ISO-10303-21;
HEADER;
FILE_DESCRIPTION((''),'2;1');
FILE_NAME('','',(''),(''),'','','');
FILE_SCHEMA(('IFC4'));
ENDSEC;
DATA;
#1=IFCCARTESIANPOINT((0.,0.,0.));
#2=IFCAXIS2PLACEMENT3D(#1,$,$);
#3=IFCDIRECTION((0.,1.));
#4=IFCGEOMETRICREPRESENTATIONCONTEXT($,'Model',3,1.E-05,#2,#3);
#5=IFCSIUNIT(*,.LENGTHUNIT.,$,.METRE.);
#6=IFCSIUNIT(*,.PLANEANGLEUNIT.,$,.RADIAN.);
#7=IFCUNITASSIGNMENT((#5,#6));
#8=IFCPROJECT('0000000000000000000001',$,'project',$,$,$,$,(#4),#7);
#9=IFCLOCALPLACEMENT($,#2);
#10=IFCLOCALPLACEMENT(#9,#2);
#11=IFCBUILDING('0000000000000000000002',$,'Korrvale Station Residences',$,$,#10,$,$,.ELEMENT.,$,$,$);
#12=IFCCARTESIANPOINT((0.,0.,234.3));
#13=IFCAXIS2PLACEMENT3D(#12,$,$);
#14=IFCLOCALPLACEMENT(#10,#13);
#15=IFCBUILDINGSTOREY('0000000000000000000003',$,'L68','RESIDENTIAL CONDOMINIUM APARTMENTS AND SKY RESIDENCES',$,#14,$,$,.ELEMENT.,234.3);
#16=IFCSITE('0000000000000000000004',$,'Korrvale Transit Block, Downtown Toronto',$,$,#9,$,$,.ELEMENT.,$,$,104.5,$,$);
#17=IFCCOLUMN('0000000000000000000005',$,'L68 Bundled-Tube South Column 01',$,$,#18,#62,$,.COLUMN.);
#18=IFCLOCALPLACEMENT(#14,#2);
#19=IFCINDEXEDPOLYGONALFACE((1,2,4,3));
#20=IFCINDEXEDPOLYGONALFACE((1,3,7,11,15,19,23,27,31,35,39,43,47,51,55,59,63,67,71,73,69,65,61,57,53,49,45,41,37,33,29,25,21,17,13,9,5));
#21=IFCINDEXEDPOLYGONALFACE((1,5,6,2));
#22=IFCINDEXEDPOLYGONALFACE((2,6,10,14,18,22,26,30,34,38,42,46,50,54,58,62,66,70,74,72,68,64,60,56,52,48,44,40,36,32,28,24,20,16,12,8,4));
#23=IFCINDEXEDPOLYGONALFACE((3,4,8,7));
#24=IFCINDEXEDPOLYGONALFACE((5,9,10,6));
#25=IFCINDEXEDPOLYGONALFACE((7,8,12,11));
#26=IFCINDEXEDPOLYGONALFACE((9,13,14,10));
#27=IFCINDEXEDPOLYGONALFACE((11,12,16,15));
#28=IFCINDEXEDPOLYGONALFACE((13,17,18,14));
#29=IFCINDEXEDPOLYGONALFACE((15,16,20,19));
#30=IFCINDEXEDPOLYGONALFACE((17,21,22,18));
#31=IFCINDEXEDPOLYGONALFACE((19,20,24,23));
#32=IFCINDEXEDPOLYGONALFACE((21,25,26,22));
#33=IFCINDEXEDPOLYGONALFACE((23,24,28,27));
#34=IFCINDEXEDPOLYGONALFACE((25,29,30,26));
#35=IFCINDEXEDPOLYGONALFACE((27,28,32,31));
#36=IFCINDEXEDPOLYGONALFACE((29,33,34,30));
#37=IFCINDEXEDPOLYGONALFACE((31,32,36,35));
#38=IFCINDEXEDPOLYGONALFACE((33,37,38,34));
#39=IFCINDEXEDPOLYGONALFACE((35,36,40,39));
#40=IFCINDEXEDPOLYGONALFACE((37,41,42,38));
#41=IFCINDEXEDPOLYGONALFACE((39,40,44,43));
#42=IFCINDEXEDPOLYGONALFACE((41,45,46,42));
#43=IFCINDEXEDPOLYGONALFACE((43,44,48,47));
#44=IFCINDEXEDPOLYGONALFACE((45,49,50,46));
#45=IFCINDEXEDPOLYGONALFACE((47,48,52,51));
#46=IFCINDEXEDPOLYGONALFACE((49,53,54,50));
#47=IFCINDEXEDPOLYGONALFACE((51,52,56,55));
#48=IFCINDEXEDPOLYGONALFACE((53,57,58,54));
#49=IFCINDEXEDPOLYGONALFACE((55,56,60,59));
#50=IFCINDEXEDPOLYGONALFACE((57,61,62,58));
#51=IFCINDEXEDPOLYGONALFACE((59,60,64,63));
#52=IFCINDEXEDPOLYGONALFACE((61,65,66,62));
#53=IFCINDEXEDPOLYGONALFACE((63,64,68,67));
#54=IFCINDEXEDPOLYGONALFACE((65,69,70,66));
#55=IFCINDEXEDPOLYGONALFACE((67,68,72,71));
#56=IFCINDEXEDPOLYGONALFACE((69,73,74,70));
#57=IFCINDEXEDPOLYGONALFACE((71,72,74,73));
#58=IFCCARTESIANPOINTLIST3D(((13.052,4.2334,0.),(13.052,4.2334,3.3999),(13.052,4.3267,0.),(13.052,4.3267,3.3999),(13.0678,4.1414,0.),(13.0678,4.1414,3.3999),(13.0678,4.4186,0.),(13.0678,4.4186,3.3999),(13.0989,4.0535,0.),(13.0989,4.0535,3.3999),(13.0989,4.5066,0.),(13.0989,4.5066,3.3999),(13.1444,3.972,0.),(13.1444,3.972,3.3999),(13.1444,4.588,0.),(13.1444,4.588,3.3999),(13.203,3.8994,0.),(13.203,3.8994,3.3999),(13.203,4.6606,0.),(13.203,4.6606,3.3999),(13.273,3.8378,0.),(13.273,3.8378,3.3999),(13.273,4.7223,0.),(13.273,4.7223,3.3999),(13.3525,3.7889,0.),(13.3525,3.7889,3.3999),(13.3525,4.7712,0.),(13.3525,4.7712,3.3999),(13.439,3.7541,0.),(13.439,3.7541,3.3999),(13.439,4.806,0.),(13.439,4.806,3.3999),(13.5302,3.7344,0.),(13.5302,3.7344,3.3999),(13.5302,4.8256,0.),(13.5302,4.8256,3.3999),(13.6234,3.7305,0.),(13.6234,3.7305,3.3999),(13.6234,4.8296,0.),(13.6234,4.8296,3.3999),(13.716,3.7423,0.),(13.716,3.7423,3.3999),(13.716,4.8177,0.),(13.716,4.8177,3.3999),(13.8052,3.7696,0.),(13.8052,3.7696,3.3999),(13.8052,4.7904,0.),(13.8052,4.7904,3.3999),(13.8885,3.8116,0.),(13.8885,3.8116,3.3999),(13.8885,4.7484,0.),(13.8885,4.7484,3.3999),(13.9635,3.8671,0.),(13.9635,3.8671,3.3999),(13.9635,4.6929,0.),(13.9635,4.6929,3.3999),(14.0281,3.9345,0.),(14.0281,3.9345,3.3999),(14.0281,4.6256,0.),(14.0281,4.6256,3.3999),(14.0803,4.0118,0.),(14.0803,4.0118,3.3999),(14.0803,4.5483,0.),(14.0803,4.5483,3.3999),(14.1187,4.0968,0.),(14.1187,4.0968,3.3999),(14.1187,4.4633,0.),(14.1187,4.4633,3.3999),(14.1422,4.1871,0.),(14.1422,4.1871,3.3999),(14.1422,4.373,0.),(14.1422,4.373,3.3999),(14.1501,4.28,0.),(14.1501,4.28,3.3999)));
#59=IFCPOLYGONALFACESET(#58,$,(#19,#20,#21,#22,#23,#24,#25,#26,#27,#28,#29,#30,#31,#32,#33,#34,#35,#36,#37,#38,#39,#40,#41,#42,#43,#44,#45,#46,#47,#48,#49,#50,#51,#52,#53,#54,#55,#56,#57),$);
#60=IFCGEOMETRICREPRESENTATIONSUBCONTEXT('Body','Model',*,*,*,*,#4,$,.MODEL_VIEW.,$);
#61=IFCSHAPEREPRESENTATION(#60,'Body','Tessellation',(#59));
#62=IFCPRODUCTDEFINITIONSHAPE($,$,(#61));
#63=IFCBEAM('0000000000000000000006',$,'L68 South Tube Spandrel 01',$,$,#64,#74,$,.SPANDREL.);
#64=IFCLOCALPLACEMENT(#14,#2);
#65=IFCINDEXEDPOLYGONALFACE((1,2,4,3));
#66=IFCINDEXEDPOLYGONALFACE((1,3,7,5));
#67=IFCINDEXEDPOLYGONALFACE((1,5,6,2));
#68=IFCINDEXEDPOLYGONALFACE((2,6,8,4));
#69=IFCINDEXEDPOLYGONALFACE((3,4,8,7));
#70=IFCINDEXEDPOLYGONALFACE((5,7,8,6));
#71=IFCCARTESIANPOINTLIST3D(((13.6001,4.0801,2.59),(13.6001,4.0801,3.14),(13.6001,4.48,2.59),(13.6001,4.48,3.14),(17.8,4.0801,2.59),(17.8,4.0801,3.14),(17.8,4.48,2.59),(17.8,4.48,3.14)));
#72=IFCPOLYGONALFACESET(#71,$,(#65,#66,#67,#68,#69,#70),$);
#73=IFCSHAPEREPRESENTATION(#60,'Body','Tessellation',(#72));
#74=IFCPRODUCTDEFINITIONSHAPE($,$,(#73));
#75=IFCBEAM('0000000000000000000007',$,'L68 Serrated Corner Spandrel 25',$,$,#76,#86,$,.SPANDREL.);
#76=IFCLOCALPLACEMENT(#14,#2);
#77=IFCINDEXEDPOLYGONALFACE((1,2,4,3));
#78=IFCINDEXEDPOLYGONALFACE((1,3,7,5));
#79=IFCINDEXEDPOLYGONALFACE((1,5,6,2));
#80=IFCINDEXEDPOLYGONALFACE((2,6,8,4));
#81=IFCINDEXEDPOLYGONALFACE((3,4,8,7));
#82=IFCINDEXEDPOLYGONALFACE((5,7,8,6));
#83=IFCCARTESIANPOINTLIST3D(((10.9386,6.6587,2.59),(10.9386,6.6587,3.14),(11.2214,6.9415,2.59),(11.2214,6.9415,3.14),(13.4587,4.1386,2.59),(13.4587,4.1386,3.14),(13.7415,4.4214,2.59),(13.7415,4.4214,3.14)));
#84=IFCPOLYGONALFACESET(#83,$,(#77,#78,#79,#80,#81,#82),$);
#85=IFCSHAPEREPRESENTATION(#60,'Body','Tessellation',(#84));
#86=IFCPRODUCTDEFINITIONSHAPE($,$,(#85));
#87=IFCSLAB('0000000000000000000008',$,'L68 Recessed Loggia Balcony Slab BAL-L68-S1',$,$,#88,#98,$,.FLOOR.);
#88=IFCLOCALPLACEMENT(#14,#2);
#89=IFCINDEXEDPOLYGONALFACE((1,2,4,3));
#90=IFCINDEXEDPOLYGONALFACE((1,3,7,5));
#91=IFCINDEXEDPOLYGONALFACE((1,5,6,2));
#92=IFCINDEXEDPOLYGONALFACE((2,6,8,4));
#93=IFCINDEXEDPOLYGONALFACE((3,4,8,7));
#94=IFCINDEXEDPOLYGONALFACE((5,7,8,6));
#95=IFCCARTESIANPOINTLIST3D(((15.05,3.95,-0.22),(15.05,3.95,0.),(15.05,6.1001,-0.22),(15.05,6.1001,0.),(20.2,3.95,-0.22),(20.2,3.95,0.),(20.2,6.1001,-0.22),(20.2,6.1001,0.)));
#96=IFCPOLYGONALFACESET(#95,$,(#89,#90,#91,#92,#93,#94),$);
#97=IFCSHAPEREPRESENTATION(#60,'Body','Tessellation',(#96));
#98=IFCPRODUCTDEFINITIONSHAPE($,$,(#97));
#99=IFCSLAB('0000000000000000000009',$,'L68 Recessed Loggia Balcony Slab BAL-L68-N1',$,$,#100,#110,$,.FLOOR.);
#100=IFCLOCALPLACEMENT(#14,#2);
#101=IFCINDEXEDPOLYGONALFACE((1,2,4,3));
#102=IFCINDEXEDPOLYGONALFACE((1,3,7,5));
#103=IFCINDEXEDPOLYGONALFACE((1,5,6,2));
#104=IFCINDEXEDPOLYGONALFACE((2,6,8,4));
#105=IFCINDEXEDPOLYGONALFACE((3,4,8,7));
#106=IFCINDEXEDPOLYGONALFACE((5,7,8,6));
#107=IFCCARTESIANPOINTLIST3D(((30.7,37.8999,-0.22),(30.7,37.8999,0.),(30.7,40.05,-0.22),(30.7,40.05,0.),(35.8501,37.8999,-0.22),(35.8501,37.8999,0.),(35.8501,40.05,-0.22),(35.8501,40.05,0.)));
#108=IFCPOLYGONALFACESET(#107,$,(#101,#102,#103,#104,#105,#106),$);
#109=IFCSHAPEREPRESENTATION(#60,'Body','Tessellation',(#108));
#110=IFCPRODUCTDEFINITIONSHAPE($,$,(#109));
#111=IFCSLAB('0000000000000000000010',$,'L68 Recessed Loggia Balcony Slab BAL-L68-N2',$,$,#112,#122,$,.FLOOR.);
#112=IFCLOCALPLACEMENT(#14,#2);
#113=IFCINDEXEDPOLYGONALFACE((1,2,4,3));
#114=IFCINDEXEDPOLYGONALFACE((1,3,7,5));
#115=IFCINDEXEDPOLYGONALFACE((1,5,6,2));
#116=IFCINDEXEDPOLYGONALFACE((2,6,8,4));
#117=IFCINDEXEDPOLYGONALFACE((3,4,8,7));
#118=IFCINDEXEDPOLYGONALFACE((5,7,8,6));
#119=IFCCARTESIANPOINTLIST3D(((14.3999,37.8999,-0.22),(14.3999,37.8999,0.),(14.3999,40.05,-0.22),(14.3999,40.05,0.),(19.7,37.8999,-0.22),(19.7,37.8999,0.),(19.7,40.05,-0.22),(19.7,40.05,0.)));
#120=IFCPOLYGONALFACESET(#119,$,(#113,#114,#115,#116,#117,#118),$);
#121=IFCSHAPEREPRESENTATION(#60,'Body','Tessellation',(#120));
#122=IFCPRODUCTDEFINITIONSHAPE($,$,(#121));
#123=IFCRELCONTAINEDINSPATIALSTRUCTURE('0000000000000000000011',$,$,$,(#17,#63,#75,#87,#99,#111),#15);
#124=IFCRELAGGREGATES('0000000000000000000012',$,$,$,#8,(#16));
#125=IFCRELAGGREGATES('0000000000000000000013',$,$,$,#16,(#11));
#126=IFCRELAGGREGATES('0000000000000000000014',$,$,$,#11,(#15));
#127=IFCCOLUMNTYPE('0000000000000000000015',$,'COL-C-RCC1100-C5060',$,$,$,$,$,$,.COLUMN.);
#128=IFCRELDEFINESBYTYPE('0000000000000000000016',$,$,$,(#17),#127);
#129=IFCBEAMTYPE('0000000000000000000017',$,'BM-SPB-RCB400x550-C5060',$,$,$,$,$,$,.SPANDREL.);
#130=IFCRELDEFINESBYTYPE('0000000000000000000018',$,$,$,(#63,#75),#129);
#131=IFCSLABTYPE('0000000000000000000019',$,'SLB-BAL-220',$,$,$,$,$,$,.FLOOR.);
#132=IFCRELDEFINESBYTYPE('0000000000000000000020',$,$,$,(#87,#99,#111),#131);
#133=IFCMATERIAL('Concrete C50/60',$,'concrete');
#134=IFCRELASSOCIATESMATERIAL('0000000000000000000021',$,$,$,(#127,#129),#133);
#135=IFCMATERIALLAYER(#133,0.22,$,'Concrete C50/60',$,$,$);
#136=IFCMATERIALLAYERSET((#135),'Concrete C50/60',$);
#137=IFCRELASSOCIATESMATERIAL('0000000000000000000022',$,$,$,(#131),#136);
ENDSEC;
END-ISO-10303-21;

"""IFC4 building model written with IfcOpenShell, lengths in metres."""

from ifc_helpers import new_model, si_unit, direction, frame, origin, origin_2d, place, context, subcontext, project, spatial, polyline, rectangle, circle, outline, extrude, material, layer, layer_set, material_profile, profile_set, type_object, element, save


model = new_model("IFC4")

# Units and contexts
model_context = context("Model", 3, precision=1e-05, world=origin(), true_north=direction((0.0, 1.0)))
body_context = subcontext(model_context, "Body", "Model", "MODEL_VIEW")
ifc_project = project(units=[si_unit("LENGTHUNIT", "METRE"), si_unit("PLANEANGLEUNIT", "RADIAN")], contexts=[model_context])

# Site, building, storey
site_placement = place(None, origin())
site = spatial("IfcSite", under=ifc_project, at=site_placement, Name="Korrvale Transit Block, Downtown Toronto", CompositionType="ELEMENT", RefElevation=104.5)
building_placement = place(site_placement, origin())
building = spatial("IfcBuilding", under=site, at=building_placement, Name="Korrvale Station Residences", CompositionType="ELEMENT")
storey_placement = place(building_placement, frame((0.0, 0.0, 234.3)))
storey = spatial("IfcBuildingStorey", under=building, at=storey_placement, Name="L68", Description="RESIDENTIAL CONDOMINIUM APARTMENTS AND SKY RESIDENCES", CompositionType="ELEMENT", Elevation=234.3)

# Column
ifc_material_1 = material(Name="Concrete C50/60", Category="concrete")
ifc_material_profile_1 = material_profile(ifc_material_1, circle(Radius=0.55, at=origin_2d()), Name="RCC1100")
ifc_profile_set_1 = profile_set([ifc_material_profile_1], Name="Concrete C50/60")
column_type = type_object("IfcColumnType", Name="COL-C-RCC1100-C5060", PredefinedType="COLUMN", material=ifc_profile_set_1)
column_placement = place(storey_placement, frame((13.6001, 4.28, 0.0), z_axis=(0.0, 0.0, 1.0), x_axis=(1.0, 0.0, 0.0)))
element("IfcColumn", 1, at=column_placement, inside=storey, type_object=column_type, Name="L68 Bundled-Tube South Column 01", PredefinedType="COLUMN", context=body_context, shape_type="SweptSolid", body=[
    extrude(circle(Radius=0.55, at=origin_2d()), origin(), (0.0, 0.0, 1.0), 3.3999),
])

# Beams
ifc_material_profile_2 = material_profile(ifc_material_1, rectangle(XDim=0.3999, YDim=0.55, at=origin_2d()), Name="RCB400x550")
ifc_profile_set_2 = profile_set([ifc_material_profile_2], Name="Concrete C50/60")
beam_type = type_object("IfcBeamType", Name="BM-SPB-RCB400x550-C5060", PredefinedType="SPANDREL", material=ifc_profile_set_2)
beam_1_placement = place(storey_placement, frame((13.6001, 4.28, 2.865), z_axis=(1.0, 0.0, 0.0), x_axis=(0.0, 1.0, 0.0)))
element("IfcBeam", 2, at=beam_1_placement, inside=storey, type_object=beam_type, Name="L68 South Tube Spandrel 01", PredefinedType="SPANDREL", context=body_context, shape_type="SweptSolid", body=[
    extrude(rectangle(XDim=0.3999, YDim=0.55, at=origin_2d()), origin(), (0.0, 0.0, 1.0), 4.2),
])
beam_2_placement = place(storey_placement, frame((13.6001, 4.28, 2.865), z_axis=(-0.707107, 0.707107, 0.0), x_axis=(-0.707107, -0.707107, 0.0)))
element("IfcBeam", 3, at=beam_2_placement, inside=storey, type_object=beam_type, Name="L68 Serrated Corner Spandrel 25", PredefinedType="SPANDREL", context=body_context, shape_type="SweptSolid", body=[
    extrude(rectangle(XDim=0.3999, YDim=0.55, at=origin_2d()), origin(), (0.0, 0.0, 1.0), 3.564),
])

# Slabs
ifc_layer_1 = layer(ifc_material_1, 0.22, Name="Concrete C50/60")
ifc_layer_set_1 = layer_set([ifc_layer_1], Name="Concrete C50/60")
slab_type_1 = type_object("IfcSlabType", Name="SLB-BAL-220", PredefinedType="FLOOR", material=ifc_layer_set_1)
slab_1_placement = place(storey_placement, frame((0.0, 0.0, -0.22)))
element("IfcSlab", 4, at=slab_1_placement, inside=storey, type_object=slab_type_1, Name="L68 Recessed Loggia Balcony Slab BAL-L68-S1", PredefinedType="FLOOR", context=body_context, shape_type="SweptSolid", body=[
    extrude(outline(polyline([(15.05, 3.95), (20.2, 3.95), (20.2, 6.1001), (15.05, 6.1001), (15.05, 3.95)])), origin(), (0.0, 0.0, 1.0), 0.22),
])
slab_2_placement = place(storey_placement, frame((0.0, 0.0, -0.22)))
element("IfcSlab", 5, at=slab_2_placement, inside=storey, type_object=slab_type_1, Name="L68 Recessed Loggia Balcony Slab BAL-L68-N1", PredefinedType="FLOOR", context=body_context, shape_type="SweptSolid", body=[
    extrude(outline(polyline([(30.7, 37.8999), (35.8501, 37.8999), (35.8501, 40.05), (30.7, 40.05), (30.7, 37.8999)])), origin(), (0.0, 0.0, 1.0), 0.22),
])
slab_3_placement = place(storey_placement, frame((0.0, 0.0, -0.22)))
element("IfcSlab", 6, at=slab_3_placement, inside=storey, type_object=slab_type_1, Name="L68 Recessed Loggia Balcony Slab BAL-L68-N2", PredefinedType="FLOOR", context=body_context, shape_type="SweptSolid", body=[
    extrude(outline(polyline([(14.3999, 37.8999), (19.7, 37.8999), (19.7, 40.05), (14.3999, 40.05), (14.3999, 37.8999)])), origin(), (0.0, 0.0, 1.0), 0.22),
])

save(model, "model.ifc")
